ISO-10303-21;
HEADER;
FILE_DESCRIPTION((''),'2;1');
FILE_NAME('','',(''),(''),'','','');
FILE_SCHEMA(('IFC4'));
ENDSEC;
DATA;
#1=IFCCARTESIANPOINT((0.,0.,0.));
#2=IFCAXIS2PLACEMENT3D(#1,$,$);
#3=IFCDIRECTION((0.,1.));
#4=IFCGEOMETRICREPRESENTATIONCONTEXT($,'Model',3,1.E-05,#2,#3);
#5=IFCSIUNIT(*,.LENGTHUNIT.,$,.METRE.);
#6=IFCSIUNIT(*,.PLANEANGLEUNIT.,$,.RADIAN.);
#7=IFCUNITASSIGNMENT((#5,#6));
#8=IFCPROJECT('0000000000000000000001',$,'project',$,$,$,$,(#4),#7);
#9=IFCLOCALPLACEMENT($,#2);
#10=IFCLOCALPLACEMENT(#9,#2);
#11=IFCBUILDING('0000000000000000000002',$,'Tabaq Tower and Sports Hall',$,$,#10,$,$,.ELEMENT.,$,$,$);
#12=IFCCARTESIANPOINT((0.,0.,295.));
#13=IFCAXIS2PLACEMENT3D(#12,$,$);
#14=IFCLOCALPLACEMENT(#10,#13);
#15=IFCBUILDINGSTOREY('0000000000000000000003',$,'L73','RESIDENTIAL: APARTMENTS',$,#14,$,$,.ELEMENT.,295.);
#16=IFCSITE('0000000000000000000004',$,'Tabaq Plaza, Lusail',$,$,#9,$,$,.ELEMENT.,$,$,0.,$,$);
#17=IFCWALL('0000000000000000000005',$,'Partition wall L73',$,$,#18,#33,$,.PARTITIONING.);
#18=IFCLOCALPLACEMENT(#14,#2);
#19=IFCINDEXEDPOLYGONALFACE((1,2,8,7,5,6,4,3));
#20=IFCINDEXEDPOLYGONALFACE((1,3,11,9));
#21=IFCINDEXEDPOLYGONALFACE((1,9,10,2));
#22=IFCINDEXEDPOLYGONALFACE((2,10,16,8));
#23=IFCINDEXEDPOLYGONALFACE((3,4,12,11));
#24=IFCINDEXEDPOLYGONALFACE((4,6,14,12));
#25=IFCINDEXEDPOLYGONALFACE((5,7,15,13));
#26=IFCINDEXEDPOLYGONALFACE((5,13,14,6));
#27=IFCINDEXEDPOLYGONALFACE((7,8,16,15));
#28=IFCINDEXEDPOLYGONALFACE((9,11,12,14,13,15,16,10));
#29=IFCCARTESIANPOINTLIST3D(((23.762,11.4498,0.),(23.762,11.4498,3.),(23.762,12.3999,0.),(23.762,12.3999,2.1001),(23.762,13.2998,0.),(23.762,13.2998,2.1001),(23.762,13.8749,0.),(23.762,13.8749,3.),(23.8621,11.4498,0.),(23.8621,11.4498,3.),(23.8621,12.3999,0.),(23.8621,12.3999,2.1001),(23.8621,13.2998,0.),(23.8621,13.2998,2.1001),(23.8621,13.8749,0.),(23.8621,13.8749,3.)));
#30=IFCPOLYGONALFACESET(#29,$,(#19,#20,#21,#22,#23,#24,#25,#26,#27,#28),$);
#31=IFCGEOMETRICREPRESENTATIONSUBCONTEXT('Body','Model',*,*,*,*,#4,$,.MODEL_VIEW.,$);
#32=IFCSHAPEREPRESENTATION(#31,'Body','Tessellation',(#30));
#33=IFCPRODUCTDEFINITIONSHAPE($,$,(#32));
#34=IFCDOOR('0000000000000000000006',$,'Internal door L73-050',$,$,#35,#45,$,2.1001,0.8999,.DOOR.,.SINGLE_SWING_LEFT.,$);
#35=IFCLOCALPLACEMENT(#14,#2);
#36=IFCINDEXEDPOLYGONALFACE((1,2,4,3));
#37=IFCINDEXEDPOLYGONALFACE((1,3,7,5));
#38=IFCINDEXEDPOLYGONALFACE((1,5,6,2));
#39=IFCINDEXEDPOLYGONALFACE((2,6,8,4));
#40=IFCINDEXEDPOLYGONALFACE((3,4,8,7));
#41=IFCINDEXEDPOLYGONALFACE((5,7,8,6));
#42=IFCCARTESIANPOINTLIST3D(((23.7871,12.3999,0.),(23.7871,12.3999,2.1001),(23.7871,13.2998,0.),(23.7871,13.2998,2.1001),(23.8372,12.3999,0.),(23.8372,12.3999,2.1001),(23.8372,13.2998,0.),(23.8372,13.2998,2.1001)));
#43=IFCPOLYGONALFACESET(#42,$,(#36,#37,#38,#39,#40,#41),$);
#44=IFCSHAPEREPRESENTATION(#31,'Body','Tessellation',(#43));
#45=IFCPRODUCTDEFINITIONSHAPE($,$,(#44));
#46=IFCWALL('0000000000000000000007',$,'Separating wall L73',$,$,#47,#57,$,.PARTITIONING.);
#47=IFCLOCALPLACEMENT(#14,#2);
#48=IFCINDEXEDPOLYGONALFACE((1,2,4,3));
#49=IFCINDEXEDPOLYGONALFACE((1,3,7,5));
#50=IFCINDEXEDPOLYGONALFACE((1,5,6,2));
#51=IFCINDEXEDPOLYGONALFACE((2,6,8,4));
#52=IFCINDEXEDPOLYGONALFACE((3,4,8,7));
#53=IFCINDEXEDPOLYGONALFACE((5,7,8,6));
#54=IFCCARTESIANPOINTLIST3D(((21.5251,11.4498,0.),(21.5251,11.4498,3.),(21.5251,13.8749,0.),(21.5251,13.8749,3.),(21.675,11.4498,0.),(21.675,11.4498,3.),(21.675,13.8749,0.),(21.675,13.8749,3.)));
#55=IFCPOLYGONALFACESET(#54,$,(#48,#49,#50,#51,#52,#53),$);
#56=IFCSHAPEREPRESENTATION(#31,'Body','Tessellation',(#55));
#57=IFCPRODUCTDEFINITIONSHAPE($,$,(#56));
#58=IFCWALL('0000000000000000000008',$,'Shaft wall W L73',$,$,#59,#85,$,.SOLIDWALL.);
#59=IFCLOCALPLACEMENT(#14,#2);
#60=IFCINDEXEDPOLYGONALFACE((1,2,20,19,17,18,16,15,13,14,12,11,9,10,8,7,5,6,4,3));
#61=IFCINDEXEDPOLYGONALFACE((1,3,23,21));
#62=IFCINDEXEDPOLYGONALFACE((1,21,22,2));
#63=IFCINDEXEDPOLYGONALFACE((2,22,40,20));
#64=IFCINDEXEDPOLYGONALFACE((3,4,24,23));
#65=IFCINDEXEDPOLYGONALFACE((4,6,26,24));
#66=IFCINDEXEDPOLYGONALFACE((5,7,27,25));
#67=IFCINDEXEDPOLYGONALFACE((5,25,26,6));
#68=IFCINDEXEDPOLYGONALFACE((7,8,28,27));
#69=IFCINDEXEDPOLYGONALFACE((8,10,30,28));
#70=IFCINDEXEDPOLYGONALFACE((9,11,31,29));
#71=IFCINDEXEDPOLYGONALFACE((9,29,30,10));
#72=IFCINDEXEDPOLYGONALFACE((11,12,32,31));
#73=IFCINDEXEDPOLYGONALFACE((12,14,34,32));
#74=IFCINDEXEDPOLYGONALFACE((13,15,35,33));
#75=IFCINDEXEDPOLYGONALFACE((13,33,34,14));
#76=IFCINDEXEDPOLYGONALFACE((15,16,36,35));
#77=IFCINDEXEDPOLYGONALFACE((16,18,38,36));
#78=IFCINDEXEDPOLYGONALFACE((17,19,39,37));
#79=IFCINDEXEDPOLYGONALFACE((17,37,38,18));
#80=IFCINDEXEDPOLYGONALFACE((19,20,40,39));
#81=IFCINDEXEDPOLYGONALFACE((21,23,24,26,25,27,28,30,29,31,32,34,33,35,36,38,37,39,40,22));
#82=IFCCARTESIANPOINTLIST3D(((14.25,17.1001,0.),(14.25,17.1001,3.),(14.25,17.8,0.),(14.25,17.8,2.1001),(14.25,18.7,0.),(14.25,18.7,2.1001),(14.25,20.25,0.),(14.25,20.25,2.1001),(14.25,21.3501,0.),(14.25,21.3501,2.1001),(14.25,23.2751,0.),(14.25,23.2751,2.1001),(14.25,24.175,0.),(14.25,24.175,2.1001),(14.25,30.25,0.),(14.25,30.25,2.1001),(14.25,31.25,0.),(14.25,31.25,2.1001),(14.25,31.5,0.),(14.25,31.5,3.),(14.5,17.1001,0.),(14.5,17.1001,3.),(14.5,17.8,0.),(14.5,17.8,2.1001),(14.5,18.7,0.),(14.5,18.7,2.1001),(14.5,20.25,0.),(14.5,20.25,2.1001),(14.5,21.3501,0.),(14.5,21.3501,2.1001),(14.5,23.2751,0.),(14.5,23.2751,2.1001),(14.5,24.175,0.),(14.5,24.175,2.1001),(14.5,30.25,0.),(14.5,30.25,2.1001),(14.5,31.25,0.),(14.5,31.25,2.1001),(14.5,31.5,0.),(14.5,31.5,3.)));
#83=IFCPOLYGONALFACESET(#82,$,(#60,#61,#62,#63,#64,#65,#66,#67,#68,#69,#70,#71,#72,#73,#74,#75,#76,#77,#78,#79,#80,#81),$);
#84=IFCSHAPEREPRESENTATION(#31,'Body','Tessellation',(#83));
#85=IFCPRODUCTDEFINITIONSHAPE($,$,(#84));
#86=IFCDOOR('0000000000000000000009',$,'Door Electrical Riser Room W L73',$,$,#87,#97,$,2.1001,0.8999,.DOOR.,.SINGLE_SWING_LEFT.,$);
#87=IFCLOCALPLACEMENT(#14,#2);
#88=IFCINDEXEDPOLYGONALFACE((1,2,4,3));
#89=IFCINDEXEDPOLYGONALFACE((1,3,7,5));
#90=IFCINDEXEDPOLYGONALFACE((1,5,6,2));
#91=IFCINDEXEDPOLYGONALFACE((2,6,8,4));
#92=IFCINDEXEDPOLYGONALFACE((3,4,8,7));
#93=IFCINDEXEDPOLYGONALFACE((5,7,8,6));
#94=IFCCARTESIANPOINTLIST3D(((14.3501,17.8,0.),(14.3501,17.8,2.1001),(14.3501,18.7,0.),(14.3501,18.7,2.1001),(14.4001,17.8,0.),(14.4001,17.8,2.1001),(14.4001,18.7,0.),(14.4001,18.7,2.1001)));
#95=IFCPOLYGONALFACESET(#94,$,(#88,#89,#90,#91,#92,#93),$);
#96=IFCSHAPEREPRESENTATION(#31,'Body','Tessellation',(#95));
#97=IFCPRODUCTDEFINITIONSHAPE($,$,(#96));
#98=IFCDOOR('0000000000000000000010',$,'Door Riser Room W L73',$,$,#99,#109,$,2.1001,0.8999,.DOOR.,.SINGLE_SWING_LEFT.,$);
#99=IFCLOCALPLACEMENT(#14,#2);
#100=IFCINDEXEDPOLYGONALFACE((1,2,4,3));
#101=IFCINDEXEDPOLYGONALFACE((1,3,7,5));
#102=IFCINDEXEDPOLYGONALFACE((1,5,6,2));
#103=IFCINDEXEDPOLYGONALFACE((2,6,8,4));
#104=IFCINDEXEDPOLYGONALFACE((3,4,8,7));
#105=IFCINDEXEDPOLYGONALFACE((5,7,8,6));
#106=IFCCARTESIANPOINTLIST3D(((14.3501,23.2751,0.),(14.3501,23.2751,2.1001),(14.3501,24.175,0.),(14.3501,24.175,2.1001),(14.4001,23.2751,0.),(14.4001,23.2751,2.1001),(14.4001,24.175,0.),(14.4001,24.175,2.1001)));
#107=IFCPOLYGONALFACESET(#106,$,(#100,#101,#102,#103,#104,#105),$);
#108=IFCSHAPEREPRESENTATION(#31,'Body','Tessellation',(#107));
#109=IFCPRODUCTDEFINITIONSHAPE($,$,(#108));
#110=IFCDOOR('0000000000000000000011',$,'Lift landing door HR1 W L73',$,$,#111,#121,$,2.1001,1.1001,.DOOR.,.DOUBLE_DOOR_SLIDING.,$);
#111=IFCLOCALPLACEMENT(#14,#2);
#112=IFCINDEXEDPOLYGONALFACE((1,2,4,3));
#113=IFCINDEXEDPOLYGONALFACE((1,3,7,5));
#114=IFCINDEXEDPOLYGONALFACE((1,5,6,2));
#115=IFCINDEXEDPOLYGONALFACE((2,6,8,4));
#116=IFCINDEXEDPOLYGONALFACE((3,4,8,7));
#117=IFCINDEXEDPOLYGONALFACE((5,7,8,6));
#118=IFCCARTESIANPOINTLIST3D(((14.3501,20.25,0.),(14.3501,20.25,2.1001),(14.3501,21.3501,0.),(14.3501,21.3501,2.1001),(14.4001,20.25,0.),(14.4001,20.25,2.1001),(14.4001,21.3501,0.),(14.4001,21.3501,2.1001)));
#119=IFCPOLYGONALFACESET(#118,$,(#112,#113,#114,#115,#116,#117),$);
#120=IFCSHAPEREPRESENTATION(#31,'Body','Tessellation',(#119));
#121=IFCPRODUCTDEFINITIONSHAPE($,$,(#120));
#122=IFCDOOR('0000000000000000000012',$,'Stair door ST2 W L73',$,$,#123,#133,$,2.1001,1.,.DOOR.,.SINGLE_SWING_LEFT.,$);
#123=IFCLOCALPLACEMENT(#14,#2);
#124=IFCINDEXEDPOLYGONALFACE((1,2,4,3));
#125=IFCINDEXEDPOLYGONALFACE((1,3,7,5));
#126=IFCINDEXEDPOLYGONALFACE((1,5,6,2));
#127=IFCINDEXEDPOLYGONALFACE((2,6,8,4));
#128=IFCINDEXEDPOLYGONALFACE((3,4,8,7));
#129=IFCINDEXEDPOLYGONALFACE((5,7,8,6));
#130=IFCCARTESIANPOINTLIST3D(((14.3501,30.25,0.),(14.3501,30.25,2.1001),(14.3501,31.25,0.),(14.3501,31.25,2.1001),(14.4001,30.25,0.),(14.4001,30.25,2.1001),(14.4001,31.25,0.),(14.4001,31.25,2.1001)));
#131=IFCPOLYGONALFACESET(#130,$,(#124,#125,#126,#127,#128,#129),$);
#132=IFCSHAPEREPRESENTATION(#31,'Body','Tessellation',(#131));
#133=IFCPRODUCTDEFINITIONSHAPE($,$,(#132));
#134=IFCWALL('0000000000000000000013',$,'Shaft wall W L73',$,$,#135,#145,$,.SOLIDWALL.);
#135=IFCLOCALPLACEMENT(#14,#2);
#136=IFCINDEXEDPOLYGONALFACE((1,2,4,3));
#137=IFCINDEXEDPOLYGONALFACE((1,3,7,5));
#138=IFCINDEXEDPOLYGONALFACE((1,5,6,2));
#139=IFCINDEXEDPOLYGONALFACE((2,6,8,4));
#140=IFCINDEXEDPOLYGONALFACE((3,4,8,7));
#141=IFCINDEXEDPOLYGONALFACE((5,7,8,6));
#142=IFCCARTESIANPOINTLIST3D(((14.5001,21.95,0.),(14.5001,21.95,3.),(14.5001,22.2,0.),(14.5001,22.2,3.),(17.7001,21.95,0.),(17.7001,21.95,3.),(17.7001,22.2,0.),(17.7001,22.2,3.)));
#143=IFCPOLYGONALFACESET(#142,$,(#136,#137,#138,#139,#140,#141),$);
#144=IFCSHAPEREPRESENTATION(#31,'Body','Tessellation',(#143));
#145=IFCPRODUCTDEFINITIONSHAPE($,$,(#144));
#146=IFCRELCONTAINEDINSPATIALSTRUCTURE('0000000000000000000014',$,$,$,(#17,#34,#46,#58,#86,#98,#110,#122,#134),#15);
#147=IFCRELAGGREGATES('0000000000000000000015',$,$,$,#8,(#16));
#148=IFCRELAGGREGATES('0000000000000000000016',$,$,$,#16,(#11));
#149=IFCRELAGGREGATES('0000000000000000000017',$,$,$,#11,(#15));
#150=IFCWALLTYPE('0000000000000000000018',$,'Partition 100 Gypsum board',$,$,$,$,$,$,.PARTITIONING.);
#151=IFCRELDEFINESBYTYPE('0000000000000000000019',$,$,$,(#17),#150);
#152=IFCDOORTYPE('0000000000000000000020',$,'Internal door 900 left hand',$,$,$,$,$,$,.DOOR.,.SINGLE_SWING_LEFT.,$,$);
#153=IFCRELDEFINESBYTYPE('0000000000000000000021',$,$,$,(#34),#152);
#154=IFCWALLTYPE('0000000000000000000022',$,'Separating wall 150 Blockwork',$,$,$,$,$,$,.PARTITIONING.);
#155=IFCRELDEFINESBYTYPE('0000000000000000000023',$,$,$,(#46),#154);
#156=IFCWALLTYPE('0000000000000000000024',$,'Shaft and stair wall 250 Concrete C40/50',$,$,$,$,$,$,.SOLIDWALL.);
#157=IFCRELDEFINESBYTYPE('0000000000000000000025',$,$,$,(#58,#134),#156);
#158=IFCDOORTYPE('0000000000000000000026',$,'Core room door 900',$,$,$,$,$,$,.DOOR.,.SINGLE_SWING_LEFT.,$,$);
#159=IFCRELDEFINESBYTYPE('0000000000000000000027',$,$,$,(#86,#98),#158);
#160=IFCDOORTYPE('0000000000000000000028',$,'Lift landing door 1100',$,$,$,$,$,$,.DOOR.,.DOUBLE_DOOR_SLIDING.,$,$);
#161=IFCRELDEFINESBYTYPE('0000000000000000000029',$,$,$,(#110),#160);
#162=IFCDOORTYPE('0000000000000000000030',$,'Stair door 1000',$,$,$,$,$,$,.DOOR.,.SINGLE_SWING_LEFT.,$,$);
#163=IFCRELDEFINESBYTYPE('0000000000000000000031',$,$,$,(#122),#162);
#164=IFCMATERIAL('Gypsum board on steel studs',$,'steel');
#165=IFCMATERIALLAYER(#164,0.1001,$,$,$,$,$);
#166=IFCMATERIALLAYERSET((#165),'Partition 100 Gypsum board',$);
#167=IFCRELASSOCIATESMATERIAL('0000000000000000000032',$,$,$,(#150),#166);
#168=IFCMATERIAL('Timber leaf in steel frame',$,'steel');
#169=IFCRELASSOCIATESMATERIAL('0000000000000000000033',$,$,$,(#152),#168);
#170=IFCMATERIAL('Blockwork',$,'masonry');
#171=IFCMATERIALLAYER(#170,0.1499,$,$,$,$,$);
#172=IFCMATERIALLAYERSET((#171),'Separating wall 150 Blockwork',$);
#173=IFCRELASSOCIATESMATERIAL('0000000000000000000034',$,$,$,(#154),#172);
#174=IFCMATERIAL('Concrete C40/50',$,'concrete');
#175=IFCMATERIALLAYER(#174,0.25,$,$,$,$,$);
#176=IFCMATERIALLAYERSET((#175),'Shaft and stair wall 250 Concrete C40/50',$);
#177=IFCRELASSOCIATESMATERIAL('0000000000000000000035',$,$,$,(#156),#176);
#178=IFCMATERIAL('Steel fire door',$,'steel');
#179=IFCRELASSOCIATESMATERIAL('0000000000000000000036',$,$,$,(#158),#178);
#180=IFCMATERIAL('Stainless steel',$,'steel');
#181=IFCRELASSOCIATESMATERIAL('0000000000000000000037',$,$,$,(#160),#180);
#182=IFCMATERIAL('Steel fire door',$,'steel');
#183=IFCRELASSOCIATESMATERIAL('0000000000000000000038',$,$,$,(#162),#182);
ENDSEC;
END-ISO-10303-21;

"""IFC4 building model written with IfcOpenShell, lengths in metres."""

from ifc_helpers import new_model, si_unit, direction, frame, frame_2d, origin, place, context, subcontext, project, spatial, rectangle, extrude, material, layer, layer_set, type_object, element, fill, save


model = new_model("IFC4")

# Units and contexts
model_context = context("Model", 3, precision=1e-05, world=origin(), true_north=direction((0.0, 1.0)))
body_context = subcontext(model_context, "Body", "Model", "MODEL_VIEW")
ifc_project = project(units=[si_unit("LENGTHUNIT", "METRE"), si_unit("PLANEANGLEUNIT", "RADIAN")], contexts=[model_context])

# Site, building, storey
site_placement = place(None, origin())
site = spatial("IfcSite", under=ifc_project, at=site_placement, Name="Tabaq Plaza, Lusail", CompositionType="ELEMENT", RefElevation=0.0)
building_placement = place(site_placement, origin())
building = spatial("IfcBuilding", under=site, at=building_placement, Name="Tabaq Tower and Sports Hall", CompositionType="ELEMENT")
storey_placement = place(building_placement, frame((0.0, 0.0, 295.0)))
storey = spatial("IfcBuildingStorey", under=building, at=storey_placement, Name="L73", Description="RESIDENTIAL: APARTMENTS", CompositionType="ELEMENT", Elevation=295.0)

# Shared definitions
ifc_material_1 = material(Name="Gypsum board on steel studs", Category="steel")
ifc_layer_1 = layer(ifc_material_1, 0.1001)
ifc_layer_set_1 = layer_set([ifc_layer_1], Name="Partition 100 Gypsum board")
wall_type_1 = type_object("IfcWallType", Name="Partition 100 Gypsum board", PredefinedType="PARTITIONING", material=ifc_layer_set_1)

# Wall, opening, door
wall_1_placement = place(storey_placement, frame((23.812, 11.45, 0.0), z_axis=(0.0, 0.0, 1.0), x_axis=(0.0, 1.0, 0.0)))
wall_1 = element("IfcWall", 1, at=wall_1_placement, inside=storey, type_object=wall_type_1, Name="Partition wall L73", PredefinedType="PARTITIONING", context=body_context, shape_type="SweptSolid", body=[
    extrude(rectangle(XDim=2.425, YDim=0.1001, at=frame_2d((1.2124, 0.0))), origin(), (0.0, 0.0, 1.0), 3.0),
])
opening_1_placement = place(wall_1_placement, frame((0.95, 0.0, 0.0)))
opening_1 = element("IfcOpeningElement", 2, at=opening_1_placement, cuts=wall_1, PredefinedType="OPENING", context=body_context, shape_type="SweptSolid", body=[
    extrude(rectangle(XDim=0.8999, YDim=2.1001, at=frame_2d((0.45, 1.05))), frame((0.0, 0.05, 0.0), z_axis=(0.0, -1.0, 0.0), x_axis=(1.0, 0.0, 0.0)), (0.0, 0.0, 1.0), 0.1001),
])
ifc_material_2 = material(Name="Timber leaf in steel frame", Category="steel")
door_type_1 = type_object("IfcDoorType", Name="Internal door 900 left hand", OperationType="SINGLE_SWING_LEFT", PredefinedType="DOOR", material=ifc_material_2)
door_1_placement = place(opening_1_placement, origin())
door_1 = element("IfcDoor", 3, at=door_1_placement, inside=storey, type_object=door_type_1, Name="Internal door L73-050", OperationType="SINGLE_SWING_LEFT", OverallHeight=2.1001, OverallWidth=0.8999, PredefinedType="DOOR", context=body_context, shape_type="SweptSolid", body=[
    extrude(rectangle(XDim=0.8999, YDim=2.1001, at=frame_2d((0.45, 1.05))), frame((0.0, 0.0249, 0.0), z_axis=(0.0, -1.0, 0.0), x_axis=(1.0, 0.0, 0.0)), (0.0, 0.0, 1.0), 0.05),
])
fill(opening_1, door_1)

# Wall
ifc_material_3 = material(Name="Blockwork", Category="masonry")
ifc_layer_2 = layer(ifc_material_3, 0.1499)
ifc_layer_set_2 = layer_set([ifc_layer_2], Name="Separating wall 150 Blockwork")
wall_type_2 = type_object("IfcWallType", Name="Separating wall 150 Blockwork", PredefinedType="PARTITIONING", material=ifc_layer_set_2)
wall_2_placement = place(storey_placement, frame((21.6001, 11.45, 0.0), z_axis=(0.0, 0.0, 1.0), x_axis=(0.0, 1.0, 0.0)))
element("IfcWall", 4, at=wall_2_placement, inside=storey, type_object=wall_type_2, Name="Separating wall L73", PredefinedType="PARTITIONING", context=body_context, shape_type="SweptSolid", body=[
    extrude(rectangle(XDim=2.425, YDim=0.1499, at=frame_2d((1.2124, 0.0))), origin(), (0.0, 0.0, 1.0), 3.0),
])

# Wall, openings, doors
ifc_material_4 = material(Name="Concrete C40/50", Category="concrete")
ifc_layer_3 = layer(ifc_material_4, 0.25)
ifc_layer_set_3 = layer_set([ifc_layer_3], Name="Shaft and stair wall 250 Concrete C40/50")
wall_type_3 = type_object("IfcWallType", Name="Shaft and stair wall 250 Concrete C40/50", PredefinedType="SOLIDWALL", material=ifc_layer_set_3)
wall_3_placement = place(storey_placement, frame((14.375, 17.1001, 0.0), z_axis=(0.0, 0.0, 1.0), x_axis=(0.0, 1.0, 0.0)))
wall_3 = element("IfcWall", 5, at=wall_3_placement, inside=storey, type_object=wall_type_3, Name="Shaft wall W L73", PredefinedType="SOLIDWALL", context=body_context, shape_type="SweptSolid", body=[
    extrude(rectangle(XDim=14.3999, YDim=0.25, at=frame_2d((7.2, 0.0))), origin(), (0.0, 0.0, 1.0), 3.0),
])
opening_2_placement = place(wall_3_placement, frame((13.1499, 0.0, 0.0)))
opening_2 = element("IfcOpeningElement", 6, at=opening_2_placement, cuts=wall_3, PredefinedType="OPENING", context=body_context, shape_type="SweptSolid", body=[
    extrude(rectangle(XDim=1.0, YDim=2.1001, at=frame_2d((0.5, 1.05))), frame((0.0, 0.125, 0.0), z_axis=(0.0, -1.0, 0.0), x_axis=(1.0, 0.0, 0.0)), (0.0, 0.0, 1.0), 0.25),
])
opening_3_placement = place(wall_3_placement, frame((3.1499, 0.0, 0.0)))
opening_3 = element("IfcOpeningElement", 7, at=opening_3_placement, cuts=wall_3, PredefinedType="OPENING", context=body_context, shape_type="SweptSolid", body=[
    extrude(rectangle(XDim=1.1001, YDim=2.1001, at=frame_2d((0.55, 1.05))), frame((0.0, 0.125, 0.0), z_axis=(0.0, -1.0, 0.0), x_axis=(1.0, 0.0, 0.0)), (0.0, 0.0, 1.0), 0.25),
])
opening_4_placement = place(wall_3_placement, frame((0.7, 0.0, 0.0)))
opening_4 = element("IfcOpeningElement", 8, at=opening_4_placement, cuts=wall_3, PredefinedType="OPENING", context=body_context, shape_type="SweptSolid", body=[
    extrude(rectangle(XDim=0.8999, YDim=2.1001, at=frame_2d((0.45, 1.05))), frame((0.0, 0.125, 0.0), z_axis=(0.0, -1.0, 0.0), x_axis=(1.0, 0.0, 0.0)), (0.0, 0.0, 1.0), 0.25),
])
opening_5_placement = place(wall_3_placement, frame((6.175, 0.0, 0.0)))
opening_5 = element("IfcOpeningElement", 9, at=opening_5_placement, cuts=wall_3, PredefinedType="OPENING", context=body_context, shape_type="SweptSolid", body=[
    extrude(rectangle(XDim=0.8999, YDim=2.1001, at=frame_2d((0.45, 1.05))), frame((0.0, 0.125, 0.0), z_axis=(0.0, -1.0, 0.0), x_axis=(1.0, 0.0, 0.0)), (0.0, 0.0, 1.0), 0.25),
])
ifc_material_5 = material(Name="Steel fire door", Category="steel")
door_type_2 = type_object("IfcDoorType", Name="Core room door 900", OperationType="SINGLE_SWING_LEFT", PredefinedType="DOOR", material=ifc_material_5)
door_2_placement = place(opening_4_placement, origin())
door_2 = element("IfcDoor", 10, at=door_2_placement, inside=storey, type_object=door_type_2, Name="Door Electrical Riser Room W L73", OperationType="SINGLE_SWING_LEFT", OverallHeight=2.1001, OverallWidth=0.8999, PredefinedType="DOOR", context=body_context, shape_type="SweptSolid", body=[
    extrude(rectangle(XDim=0.8999, YDim=2.1001, at=frame_2d((0.45, 1.05))), frame((0.0, 0.0249, 0.0), z_axis=(0.0, -1.0, 0.0), x_axis=(1.0, 0.0, 0.0)), (0.0, 0.0, 1.0), 0.05),
])
fill(opening_4, door_2)
door_3_placement = place(opening_5_placement, origin())
door_3 = element("IfcDoor", 11, at=door_3_placement, inside=storey, type_object=door_type_2, Name="Door Riser Room W L73", OperationType="SINGLE_SWING_LEFT", OverallHeight=2.1001, OverallWidth=0.8999, PredefinedType="DOOR", context=body_context, shape_type="SweptSolid", body=[
    extrude(rectangle(XDim=0.8999, YDim=2.1001, at=frame_2d((0.45, 1.05))), frame((0.0, 0.0249, 0.0), z_axis=(0.0, -1.0, 0.0), x_axis=(1.0, 0.0, 0.0)), (0.0, 0.0, 1.0), 0.05),
])
fill(opening_5, door_3)
ifc_material_6 = material(Name="Stainless steel", Category="steel")
door_type_3 = type_object("IfcDoorType", Name="Lift landing door 1100", OperationType="DOUBLE_DOOR_SLIDING", PredefinedType="DOOR", material=ifc_material_6)
door_4_placement = place(opening_3_placement, origin())
door_4 = element("IfcDoor", 12, at=door_4_placement, inside=storey, type_object=door_type_3, Name="Lift landing door HR1 W L73", OperationType="DOUBLE_DOOR_SLIDING", OverallHeight=2.1001, OverallWidth=1.1001, PredefinedType="DOOR", context=body_context, shape_type="SweptSolid", body=[
    extrude(rectangle(XDim=1.1001, YDim=2.1001, at=frame_2d((0.55, 1.05))), frame((0.0, 0.0249, 0.0), z_axis=(0.0, -1.0, 0.0), x_axis=(1.0, 0.0, 0.0)), (0.0, 0.0, 1.0), 0.05),
])
fill(opening_3, door_4)
ifc_material_7 = material(Name="Steel fire door", Category="steel")
door_type_4 = type_object("IfcDoorType", Name="Stair door 1000", OperationType="SINGLE_SWING_LEFT", PredefinedType="DOOR", material=ifc_material_7)
door_5_placement = place(opening_2_placement, origin())
door_5 = element("IfcDoor", 13, at=door_5_placement, inside=storey, type_object=door_type_4, Name="Stair door ST2 W L73", OperationType="SINGLE_SWING_LEFT", OverallHeight=2.1001, OverallWidth=1.0, PredefinedType="DOOR", context=body_context, shape_type="SweptSolid", body=[
    extrude(rectangle(XDim=1.0, YDim=2.1001, at=frame_2d((0.5, 1.05))), frame((0.0, 0.0249, 0.0), z_axis=(0.0, -1.0, 0.0), x_axis=(1.0, 0.0, 0.0)), (0.0, 0.0, 1.0), 0.05),
])
fill(opening_2, door_5)

# Wall
wall_4_placement = place(storey_placement, frame((14.5, 22.075, 0.0), z_axis=(0.0, 0.0, 1.0), x_axis=(1.0, 0.0, 0.0)))
element("IfcWall", 14, at=wall_4_placement, inside=storey, type_object=wall_type_3, Name="Shaft wall W L73", PredefinedType="SOLIDWALL", context=body_context, shape_type="SweptSolid", body=[
    extrude(rectangle(XDim=3.2, YDim=0.25, at=frame_2d((1.6001, 0.0))), origin(), (0.0, 0.0, 1.0), 3.0),
])

save(model, "model.ifc")
